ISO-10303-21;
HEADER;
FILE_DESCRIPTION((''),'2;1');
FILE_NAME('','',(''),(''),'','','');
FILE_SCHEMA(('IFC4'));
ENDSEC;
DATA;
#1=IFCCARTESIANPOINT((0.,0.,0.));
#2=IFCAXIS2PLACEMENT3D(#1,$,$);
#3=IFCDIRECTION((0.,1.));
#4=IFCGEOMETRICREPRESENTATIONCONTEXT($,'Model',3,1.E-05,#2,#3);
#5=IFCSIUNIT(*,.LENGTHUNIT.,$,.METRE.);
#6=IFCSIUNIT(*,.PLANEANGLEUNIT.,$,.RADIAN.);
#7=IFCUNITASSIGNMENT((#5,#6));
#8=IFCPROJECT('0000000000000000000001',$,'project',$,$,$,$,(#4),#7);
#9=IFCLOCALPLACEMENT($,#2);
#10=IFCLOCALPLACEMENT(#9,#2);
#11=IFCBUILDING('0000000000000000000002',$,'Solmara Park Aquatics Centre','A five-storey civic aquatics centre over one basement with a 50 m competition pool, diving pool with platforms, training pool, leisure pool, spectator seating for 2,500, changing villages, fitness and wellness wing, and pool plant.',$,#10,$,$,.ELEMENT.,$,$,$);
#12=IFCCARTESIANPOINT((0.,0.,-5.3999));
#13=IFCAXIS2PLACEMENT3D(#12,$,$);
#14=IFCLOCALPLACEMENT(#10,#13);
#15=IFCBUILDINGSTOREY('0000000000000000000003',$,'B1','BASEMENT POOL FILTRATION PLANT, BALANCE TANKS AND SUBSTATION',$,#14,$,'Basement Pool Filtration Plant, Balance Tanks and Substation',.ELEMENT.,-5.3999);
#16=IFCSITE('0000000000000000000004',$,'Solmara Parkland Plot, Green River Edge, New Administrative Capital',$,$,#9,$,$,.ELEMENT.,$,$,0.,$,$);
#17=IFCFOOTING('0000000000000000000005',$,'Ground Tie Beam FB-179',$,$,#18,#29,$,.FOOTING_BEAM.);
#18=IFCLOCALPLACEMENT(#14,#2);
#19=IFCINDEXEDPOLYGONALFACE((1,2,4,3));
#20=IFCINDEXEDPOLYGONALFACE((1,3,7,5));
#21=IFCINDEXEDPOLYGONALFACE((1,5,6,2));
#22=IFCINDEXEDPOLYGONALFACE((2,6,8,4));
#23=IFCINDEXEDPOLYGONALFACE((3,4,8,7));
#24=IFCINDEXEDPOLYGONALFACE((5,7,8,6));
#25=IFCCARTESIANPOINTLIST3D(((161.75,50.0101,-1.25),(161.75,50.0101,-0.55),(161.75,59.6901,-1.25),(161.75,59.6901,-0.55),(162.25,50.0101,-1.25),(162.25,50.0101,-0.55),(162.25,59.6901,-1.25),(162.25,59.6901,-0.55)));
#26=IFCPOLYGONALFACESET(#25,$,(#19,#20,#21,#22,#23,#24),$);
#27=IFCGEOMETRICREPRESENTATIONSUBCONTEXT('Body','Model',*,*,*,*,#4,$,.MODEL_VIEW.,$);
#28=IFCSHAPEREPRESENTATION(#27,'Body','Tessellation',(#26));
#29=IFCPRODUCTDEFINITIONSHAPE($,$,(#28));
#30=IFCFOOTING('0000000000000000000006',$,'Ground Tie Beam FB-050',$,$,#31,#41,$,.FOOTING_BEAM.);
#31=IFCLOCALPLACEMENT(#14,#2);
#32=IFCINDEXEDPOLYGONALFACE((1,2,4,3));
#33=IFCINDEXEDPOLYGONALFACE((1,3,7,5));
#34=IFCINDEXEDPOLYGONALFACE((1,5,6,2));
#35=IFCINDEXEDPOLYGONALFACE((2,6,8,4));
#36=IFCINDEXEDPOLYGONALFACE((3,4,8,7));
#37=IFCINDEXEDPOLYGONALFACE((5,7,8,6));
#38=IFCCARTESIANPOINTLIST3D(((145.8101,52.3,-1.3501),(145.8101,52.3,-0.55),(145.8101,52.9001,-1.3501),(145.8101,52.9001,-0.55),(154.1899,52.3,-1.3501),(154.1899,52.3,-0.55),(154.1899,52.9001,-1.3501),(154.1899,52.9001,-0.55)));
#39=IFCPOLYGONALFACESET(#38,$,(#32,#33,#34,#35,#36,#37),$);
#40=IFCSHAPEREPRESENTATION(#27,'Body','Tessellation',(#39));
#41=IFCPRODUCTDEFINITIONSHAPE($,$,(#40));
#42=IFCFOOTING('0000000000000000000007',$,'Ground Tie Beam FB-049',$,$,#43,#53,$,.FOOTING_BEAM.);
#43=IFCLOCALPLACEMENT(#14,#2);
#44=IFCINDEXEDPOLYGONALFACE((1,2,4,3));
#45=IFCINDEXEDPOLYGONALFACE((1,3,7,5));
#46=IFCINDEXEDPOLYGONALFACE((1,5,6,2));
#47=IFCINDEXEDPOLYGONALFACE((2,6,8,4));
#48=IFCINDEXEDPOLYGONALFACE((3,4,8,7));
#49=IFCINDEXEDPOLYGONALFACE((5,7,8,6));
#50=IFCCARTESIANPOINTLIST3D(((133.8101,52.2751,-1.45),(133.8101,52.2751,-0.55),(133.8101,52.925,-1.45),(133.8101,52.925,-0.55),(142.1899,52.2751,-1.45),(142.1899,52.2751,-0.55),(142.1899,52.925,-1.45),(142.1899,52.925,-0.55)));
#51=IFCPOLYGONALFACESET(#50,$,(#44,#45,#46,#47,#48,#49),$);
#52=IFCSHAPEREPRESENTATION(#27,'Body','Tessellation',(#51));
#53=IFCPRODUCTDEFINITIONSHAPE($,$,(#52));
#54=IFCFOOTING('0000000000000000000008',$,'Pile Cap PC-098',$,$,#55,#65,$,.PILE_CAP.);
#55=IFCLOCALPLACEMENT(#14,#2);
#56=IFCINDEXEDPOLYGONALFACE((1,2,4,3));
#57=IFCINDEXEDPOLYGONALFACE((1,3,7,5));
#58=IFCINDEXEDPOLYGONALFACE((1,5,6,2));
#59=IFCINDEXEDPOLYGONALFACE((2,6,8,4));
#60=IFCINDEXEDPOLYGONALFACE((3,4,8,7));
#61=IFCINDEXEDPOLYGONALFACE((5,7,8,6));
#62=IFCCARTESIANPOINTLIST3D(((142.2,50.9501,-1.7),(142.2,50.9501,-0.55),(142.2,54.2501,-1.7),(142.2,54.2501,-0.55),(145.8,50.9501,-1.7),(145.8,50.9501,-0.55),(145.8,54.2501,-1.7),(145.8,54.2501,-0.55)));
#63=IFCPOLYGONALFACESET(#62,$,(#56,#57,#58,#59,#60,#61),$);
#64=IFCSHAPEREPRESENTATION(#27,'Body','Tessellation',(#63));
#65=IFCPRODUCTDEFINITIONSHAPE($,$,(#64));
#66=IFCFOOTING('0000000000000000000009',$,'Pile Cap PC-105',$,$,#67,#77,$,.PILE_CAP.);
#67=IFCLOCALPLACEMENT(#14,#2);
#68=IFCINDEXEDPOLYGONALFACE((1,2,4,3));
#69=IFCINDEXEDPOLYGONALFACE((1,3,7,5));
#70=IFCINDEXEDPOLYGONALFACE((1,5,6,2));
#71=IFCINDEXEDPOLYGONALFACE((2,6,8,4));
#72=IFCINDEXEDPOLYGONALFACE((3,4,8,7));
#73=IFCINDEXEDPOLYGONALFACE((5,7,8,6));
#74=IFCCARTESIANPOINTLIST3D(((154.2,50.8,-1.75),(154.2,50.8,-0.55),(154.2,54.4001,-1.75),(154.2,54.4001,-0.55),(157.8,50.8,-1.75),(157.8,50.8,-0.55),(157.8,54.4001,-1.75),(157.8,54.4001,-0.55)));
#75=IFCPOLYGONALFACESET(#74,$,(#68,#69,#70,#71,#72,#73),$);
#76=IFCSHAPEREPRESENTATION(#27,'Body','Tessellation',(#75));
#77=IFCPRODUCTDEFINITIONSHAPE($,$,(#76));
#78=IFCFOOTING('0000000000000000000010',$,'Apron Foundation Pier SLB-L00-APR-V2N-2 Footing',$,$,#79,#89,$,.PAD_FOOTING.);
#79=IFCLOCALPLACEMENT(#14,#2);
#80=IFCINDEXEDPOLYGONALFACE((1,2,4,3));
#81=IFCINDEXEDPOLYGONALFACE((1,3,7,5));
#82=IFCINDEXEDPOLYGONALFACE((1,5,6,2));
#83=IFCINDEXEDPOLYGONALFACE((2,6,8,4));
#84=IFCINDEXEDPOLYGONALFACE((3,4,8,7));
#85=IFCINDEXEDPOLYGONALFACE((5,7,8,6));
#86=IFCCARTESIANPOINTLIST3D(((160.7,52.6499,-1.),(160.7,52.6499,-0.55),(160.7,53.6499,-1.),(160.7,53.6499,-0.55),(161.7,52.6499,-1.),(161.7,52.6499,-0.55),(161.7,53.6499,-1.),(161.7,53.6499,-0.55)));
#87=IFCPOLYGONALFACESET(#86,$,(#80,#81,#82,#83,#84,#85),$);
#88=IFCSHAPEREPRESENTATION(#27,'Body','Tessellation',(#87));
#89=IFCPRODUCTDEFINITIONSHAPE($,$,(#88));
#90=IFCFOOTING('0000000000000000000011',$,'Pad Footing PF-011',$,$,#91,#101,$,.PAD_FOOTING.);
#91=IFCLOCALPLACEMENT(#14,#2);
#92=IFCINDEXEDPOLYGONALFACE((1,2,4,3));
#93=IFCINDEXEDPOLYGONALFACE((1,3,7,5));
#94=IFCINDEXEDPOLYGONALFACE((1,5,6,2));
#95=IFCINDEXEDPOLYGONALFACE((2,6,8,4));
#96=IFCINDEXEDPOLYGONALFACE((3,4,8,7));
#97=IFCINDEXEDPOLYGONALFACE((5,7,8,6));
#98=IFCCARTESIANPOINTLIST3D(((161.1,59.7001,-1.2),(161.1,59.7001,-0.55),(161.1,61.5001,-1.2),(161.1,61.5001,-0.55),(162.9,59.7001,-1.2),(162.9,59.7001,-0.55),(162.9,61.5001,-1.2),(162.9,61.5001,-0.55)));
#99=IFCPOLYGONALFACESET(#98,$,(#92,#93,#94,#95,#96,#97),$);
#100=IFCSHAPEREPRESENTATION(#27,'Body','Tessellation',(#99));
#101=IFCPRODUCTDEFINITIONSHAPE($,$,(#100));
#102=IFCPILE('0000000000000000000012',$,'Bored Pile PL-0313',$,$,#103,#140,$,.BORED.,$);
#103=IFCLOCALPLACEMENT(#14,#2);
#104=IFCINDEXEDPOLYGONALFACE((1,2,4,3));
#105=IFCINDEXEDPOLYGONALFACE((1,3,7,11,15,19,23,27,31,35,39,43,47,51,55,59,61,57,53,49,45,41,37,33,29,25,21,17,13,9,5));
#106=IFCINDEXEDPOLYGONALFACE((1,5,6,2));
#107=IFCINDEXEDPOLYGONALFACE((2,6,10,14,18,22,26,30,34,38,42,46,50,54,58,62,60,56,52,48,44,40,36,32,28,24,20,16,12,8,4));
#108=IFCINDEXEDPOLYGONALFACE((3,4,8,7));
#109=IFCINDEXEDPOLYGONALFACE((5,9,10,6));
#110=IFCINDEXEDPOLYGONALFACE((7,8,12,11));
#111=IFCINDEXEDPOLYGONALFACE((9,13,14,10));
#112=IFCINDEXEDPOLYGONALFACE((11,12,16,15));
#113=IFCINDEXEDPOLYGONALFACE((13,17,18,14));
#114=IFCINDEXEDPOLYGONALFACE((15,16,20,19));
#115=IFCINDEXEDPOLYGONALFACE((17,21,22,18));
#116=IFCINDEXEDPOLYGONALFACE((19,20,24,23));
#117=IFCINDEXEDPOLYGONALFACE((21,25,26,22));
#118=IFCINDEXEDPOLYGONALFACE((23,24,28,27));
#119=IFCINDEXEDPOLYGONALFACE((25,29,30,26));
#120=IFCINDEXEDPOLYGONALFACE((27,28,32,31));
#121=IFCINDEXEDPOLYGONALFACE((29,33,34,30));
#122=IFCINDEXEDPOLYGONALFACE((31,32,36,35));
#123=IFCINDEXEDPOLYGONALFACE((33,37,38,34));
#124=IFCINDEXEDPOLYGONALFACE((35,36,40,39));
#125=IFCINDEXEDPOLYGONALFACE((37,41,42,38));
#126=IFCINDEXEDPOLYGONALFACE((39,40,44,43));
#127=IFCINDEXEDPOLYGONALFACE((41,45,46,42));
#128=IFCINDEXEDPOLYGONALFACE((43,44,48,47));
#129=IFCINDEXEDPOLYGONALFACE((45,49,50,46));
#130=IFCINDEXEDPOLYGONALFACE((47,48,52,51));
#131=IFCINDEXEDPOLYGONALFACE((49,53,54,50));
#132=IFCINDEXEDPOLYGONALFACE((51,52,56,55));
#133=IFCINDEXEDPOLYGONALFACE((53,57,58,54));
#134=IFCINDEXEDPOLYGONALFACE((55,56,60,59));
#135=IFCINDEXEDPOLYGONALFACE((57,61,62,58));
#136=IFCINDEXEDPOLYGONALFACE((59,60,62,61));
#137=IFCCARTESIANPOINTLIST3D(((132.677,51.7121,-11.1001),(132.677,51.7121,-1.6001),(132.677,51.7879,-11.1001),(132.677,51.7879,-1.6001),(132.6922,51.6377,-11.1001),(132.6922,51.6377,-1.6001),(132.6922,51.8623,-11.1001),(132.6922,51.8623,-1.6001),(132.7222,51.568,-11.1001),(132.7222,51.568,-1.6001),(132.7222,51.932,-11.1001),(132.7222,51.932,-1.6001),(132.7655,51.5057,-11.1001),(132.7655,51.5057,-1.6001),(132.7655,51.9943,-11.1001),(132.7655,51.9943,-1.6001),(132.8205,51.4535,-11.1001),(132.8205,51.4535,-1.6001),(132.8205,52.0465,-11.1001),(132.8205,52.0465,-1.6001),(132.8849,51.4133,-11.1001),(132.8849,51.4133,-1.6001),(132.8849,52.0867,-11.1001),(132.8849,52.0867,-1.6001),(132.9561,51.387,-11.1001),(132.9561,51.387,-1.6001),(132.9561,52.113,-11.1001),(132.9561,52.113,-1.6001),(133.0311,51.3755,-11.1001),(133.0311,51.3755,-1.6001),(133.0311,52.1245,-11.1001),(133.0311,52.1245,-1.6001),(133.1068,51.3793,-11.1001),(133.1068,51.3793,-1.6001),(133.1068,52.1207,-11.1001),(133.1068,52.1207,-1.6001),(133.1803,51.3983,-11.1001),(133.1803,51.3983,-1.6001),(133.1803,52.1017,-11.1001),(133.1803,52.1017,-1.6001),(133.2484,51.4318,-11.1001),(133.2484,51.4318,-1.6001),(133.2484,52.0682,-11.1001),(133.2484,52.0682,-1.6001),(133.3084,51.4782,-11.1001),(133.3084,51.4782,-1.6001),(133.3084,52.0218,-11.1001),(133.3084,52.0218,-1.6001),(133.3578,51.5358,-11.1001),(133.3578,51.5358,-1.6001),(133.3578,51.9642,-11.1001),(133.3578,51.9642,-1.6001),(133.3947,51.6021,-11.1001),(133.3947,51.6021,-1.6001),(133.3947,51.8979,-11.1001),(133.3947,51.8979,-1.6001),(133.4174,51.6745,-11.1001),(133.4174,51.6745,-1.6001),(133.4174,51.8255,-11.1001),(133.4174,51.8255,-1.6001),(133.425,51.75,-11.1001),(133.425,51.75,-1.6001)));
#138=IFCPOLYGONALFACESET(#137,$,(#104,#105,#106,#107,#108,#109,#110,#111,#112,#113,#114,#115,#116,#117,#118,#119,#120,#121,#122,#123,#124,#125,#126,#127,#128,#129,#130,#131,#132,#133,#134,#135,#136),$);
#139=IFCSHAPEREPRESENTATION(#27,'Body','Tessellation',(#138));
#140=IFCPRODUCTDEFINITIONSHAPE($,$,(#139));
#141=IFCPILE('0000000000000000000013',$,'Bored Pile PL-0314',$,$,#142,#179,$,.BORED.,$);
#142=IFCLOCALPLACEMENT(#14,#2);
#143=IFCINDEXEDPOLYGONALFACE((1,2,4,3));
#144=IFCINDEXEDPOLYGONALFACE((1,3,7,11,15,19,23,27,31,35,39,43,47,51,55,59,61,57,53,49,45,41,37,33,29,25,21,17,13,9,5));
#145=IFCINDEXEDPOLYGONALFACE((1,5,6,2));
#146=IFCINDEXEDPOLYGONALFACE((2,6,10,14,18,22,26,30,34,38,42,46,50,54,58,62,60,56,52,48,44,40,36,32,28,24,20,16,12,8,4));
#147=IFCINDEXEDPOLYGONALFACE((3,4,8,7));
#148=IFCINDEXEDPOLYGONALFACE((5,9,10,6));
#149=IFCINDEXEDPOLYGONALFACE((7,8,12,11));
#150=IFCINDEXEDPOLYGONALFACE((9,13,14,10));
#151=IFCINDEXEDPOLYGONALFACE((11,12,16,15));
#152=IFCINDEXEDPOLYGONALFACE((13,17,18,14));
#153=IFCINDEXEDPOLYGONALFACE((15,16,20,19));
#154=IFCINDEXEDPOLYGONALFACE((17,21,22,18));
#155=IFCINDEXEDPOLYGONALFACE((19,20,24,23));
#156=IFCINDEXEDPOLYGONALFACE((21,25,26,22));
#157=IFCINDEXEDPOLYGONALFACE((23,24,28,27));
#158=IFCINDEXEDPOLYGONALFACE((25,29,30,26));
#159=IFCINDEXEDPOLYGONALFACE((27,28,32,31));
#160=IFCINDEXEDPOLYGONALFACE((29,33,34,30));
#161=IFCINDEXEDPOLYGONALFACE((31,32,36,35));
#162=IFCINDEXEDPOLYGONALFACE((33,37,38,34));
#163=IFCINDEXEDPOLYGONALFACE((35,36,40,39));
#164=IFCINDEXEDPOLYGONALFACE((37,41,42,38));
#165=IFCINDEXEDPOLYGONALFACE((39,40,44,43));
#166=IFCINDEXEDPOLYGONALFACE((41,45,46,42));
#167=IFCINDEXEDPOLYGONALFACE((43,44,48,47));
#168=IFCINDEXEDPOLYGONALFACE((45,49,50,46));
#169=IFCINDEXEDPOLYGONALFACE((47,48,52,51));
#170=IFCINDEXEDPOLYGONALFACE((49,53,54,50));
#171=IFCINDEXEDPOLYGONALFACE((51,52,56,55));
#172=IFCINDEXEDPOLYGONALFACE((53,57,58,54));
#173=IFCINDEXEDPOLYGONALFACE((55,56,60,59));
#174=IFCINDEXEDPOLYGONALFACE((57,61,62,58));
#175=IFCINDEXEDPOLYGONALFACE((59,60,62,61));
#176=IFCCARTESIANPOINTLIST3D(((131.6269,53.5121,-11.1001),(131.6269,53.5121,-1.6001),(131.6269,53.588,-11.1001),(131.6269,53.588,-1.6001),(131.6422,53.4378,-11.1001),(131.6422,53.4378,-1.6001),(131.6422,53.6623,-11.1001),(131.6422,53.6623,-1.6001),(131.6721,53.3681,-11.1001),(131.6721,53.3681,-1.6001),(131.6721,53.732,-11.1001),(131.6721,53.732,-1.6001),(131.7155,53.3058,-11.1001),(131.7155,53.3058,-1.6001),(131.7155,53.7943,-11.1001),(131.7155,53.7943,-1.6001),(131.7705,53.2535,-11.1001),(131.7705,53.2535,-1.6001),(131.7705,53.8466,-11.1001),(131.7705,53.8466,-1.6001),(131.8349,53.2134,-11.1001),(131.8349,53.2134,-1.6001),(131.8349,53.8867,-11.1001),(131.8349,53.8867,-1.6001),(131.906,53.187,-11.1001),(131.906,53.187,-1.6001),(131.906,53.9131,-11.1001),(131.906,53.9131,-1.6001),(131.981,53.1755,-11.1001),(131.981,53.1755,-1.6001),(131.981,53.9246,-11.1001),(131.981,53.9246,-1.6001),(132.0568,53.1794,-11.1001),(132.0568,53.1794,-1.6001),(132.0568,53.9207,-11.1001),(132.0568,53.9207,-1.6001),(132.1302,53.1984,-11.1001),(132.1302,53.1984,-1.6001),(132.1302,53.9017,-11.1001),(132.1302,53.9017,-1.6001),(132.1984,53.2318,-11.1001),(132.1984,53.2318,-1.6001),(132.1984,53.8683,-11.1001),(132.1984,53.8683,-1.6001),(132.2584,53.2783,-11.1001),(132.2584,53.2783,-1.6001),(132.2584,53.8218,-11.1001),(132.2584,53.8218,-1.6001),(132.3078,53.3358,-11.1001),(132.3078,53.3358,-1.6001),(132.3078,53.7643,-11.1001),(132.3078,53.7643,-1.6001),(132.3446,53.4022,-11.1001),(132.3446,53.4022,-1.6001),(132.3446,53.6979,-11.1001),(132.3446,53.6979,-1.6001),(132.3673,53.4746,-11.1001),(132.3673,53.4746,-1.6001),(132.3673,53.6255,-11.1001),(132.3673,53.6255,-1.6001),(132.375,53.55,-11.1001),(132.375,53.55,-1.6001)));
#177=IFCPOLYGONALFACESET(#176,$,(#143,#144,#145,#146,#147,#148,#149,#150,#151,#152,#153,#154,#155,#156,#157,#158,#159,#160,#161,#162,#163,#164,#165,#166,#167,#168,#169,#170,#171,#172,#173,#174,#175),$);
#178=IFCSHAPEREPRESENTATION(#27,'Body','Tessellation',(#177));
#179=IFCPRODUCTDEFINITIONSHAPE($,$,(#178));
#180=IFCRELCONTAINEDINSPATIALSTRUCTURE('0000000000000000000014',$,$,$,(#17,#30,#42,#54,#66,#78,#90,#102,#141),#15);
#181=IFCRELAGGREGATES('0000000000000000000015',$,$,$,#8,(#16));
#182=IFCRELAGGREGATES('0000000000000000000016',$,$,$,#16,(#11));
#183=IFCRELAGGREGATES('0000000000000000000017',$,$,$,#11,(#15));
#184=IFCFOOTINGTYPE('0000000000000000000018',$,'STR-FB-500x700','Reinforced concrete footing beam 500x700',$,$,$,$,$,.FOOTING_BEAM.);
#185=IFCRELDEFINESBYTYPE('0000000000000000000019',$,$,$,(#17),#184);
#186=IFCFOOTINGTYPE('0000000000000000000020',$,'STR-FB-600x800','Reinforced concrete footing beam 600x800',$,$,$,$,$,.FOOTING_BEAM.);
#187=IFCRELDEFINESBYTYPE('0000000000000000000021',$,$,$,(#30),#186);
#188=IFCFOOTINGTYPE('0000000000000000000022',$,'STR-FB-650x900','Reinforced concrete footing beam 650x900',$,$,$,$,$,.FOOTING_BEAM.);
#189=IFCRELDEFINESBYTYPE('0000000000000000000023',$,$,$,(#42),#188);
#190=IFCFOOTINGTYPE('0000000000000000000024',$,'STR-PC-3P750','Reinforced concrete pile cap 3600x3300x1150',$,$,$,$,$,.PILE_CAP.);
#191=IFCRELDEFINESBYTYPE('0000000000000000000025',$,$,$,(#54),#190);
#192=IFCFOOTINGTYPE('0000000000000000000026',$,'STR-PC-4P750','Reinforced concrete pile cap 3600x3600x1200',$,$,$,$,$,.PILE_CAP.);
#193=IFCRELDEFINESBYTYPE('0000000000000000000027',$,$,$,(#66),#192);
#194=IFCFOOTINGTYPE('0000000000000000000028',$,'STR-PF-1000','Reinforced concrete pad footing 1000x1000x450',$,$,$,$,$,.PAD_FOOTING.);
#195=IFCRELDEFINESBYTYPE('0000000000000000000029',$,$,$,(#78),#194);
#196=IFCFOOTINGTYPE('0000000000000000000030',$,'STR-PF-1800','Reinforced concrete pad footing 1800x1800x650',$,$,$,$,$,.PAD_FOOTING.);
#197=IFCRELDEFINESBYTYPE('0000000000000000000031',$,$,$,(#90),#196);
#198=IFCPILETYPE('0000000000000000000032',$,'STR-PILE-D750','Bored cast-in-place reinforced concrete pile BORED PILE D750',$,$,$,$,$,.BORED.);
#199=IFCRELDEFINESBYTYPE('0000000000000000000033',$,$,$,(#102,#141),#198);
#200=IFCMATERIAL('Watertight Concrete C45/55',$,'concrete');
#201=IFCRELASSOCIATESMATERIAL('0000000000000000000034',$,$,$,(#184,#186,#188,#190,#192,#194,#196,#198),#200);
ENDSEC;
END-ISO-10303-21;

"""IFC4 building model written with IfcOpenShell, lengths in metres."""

from ifc_helpers import new_model, si_unit, direction, frame, origin, origin_2d, place, context, subcontext, project, spatial, rectangle, circle, extrude, material, material_profile, profile_set, type_object, element, save


model = new_model("IFC4")

# Units and contexts
model_context = context("Model", 3, precision=1e-05, world=origin(), true_north=direction((0.0, 1.0)))
body_context = subcontext(model_context, "Body", "Model", "MODEL_VIEW")
ifc_project = project(units=[si_unit("LENGTHUNIT", "METRE"), si_unit("PLANEANGLEUNIT", "RADIAN")], contexts=[model_context])

# Site, building, storey
site_placement = place(None, origin())
site = spatial("IfcSite", under=ifc_project, at=site_placement, Name="Solmara Parkland Plot, Green River Edge, New Administrative Capital", CompositionType="ELEMENT", RefElevation=0.0)
building_placement = place(site_placement, origin())
building = spatial("IfcBuilding", under=site, at=building_placement, Name="Solmara Park Aquatics Centre", Description="A five-storey civic aquatics centre over one basement with a 50 m competition pool, diving pool with platforms, training pool, leisure pool, spectator seating for 2,500, changing villages, fitness and wellness wing, and pool plant.", CompositionType="ELEMENT")
storey_placement = place(building_placement, frame((0.0, 0.0, -5.3999)))
storey = spatial("IfcBuildingStorey", under=building, at=storey_placement, Name="B1", Description="BASEMENT POOL FILTRATION PLANT, BALANCE TANKS AND SUBSTATION", LongName="Basement Pool Filtration Plant, Balance Tanks and Substation", CompositionType="ELEMENT", Elevation=-5.3999)

# Footings
ifc_material_1 = material(Name="Watertight Concrete C45/55", Category="concrete")
footing_type_1 = type_object("IfcFootingType", Name="STR-FB-500x700", Description="Reinforced concrete footing beam 500x700", PredefinedType="FOOTING_BEAM", material=ifc_material_1)
footing_1_placement = place(storey_placement, frame((162.0, 54.8501, -1.25), z_axis=(0.0, 0.0, 1.0), x_axis=(1.0, 0.0, 0.0)))
element("IfcFooting", 1, at=footing_1_placement, inside=storey, type_object=footing_type_1, Name="Ground Tie Beam FB-179", PredefinedType="FOOTING_BEAM", context=body_context, shape_type="SweptSolid", body=[
    extrude(rectangle(XDim=0.5, YDim=9.6799, at=origin_2d()), origin(), (0.0, 0.0, 1.0), 0.7),
])
footing_type_2 = type_object("IfcFootingType", Name="STR-FB-600x800", Description="Reinforced concrete footing beam 600x800", PredefinedType="FOOTING_BEAM", material=ifc_material_1)
footing_2_placement = place(storey_placement, frame((150.0, 52.6001, -1.3501), z_axis=(0.0, 0.0, 1.0), x_axis=(1.0, 0.0, 0.0)))
element("IfcFooting", 2, at=footing_2_placement, inside=storey, type_object=footing_type_2, Name="Ground Tie Beam FB-050", PredefinedType="FOOTING_BEAM", context=body_context, shape_type="SweptSolid", body=[
    extrude(rectangle(XDim=8.3799, YDim=0.6001, at=origin_2d()), origin(), (0.0, 0.0, 1.0), 0.8),
])
footing_type_3 = type_object("IfcFootingType", Name="STR-FB-650x900", Description="Reinforced concrete footing beam 650x900", PredefinedType="FOOTING_BEAM", material=ifc_material_1)
footing_3_placement = place(storey_placement, frame((138.0, 52.6001, -1.45), z_axis=(0.0, 0.0, 1.0), x_axis=(1.0, 0.0, 0.0)))
element("IfcFooting", 3, at=footing_3_placement, inside=storey, type_object=footing_type_3, Name="Ground Tie Beam FB-049", PredefinedType="FOOTING_BEAM", context=body_context, shape_type="SweptSolid", body=[
    extrude(rectangle(XDim=8.3799, YDim=0.6499, at=origin_2d()), origin(), (0.0, 0.0, 1.0), 0.8999),
])
footing_type_4 = type_object("IfcFootingType", Name="STR-PC-3P750", Description="Reinforced concrete pile cap 3600x3300x1150", PredefinedType="PILE_CAP", material=ifc_material_1)
footing_4_placement = place(storey_placement, frame((144.0, 52.6001, -1.7), z_axis=(0.0, 0.0, 1.0), x_axis=(1.0, 0.0, 0.0)))
element("IfcFooting", 4, at=footing_4_placement, inside=storey, type_object=footing_type_4, Name="Pile Cap PC-098", PredefinedType="PILE_CAP", context=body_context, shape_type="SweptSolid", body=[
    extrude(rectangle(XDim=3.6001, YDim=3.3, at=origin_2d()), origin(), (0.0, 0.0, 1.0), 1.1499),
])
footing_type_5 = type_object("IfcFootingType", Name="STR-PC-4P750", Description="Reinforced concrete pile cap 3600x3600x1200", PredefinedType="PILE_CAP", material=ifc_material_1)
footing_5_placement = place(storey_placement, frame((156.0, 52.6001, -1.75), z_axis=(0.0, 0.0, 1.0), x_axis=(1.0, 0.0, 0.0)))
element("IfcFooting", 5, at=footing_5_placement, inside=storey, type_object=footing_type_5, Name="Pile Cap PC-105", PredefinedType="PILE_CAP", context=body_context, shape_type="SweptSolid", body=[
    extrude(rectangle(XDim=3.6001, YDim=3.6001, at=origin_2d()), origin(), (0.0, 0.0, 1.0), 1.2),
])
footing_type_6 = type_object("IfcFootingType", Name="STR-PF-1000", Description="Reinforced concrete pad footing 1000x1000x450", PredefinedType="PAD_FOOTING", material=ifc_material_1)
footing_6_placement = place(storey_placement, frame((161.2, 53.1499, -1.0), z_axis=(0.0, 0.0, 1.0), x_axis=(1.0, 0.0, 0.0)))
element("IfcFooting", 6, at=footing_6_placement, inside=storey, type_object=footing_type_6, Name="Apron Foundation Pier SLB-L00-APR-V2N-2 Footing", PredefinedType="PAD_FOOTING", context=body_context, shape_type="SweptSolid", body=[
    extrude(rectangle(XDim=1.0, YDim=1.0, at=origin_2d()), origin(), (0.0, 0.0, 1.0), 0.45),
])
footing_type_7 = type_object("IfcFootingType", Name="STR-PF-1800", Description="Reinforced concrete pad footing 1800x1800x650", PredefinedType="PAD_FOOTING", material=ifc_material_1)
footing_7_placement = place(storey_placement, frame((162.0, 60.6001, -1.2), z_axis=(0.0, 0.0, 1.0), x_axis=(1.0, 0.0, 0.0)))
element("IfcFooting", 7, at=footing_7_placement, inside=storey, type_object=footing_type_7, Name="Pad Footing PF-011", PredefinedType="PAD_FOOTING", context=body_context, shape_type="SweptSolid", body=[
    extrude(rectangle(XDim=1.8, YDim=1.8, at=origin_2d()), origin(), (0.0, 0.0, 1.0), 0.6499),
])

# Piles
ifc_material_profile_1 = material_profile(ifc_material_1, circle(Radius=0.375, at=origin_2d()), Name="BORED PILE D750")
ifc_profile_set_1 = profile_set([ifc_material_profile_1], Name="Watertight Concrete C45/55")
pile_type_1 = type_object("IfcPileType", Name="STR-PILE-D750", Description="Bored cast-in-place reinforced concrete pile BORED PILE D750", PredefinedType="BORED", material=ifc_profile_set_1)
for number, where, z_axis, x_axis, name in (
    (8, (133.05, 51.75, -1.6001), (0.0, 0.0, -1.0), (1.0, 0.0, 0.0), "Bored Pile PL-0313"),
    (9, (132.0, 53.55, -1.6001), (0.0, 0.0, -1.0), (1.0, 0.0, 0.0), "Bored Pile PL-0314"),
):
    element("IfcPile", number, at=place(storey_placement, frame(where, z_axis=z_axis, x_axis=x_axis)), inside=storey, type_object=pile_type_1, Name=name, PredefinedType="BORED", context=body_context, shape_type="SweptSolid", body=[
        extrude(circle(Radius=0.375, at=origin_2d()), origin(), (0.0, 0.0, 1.0), 9.5),
    ])

save(model, "model.ifc")
